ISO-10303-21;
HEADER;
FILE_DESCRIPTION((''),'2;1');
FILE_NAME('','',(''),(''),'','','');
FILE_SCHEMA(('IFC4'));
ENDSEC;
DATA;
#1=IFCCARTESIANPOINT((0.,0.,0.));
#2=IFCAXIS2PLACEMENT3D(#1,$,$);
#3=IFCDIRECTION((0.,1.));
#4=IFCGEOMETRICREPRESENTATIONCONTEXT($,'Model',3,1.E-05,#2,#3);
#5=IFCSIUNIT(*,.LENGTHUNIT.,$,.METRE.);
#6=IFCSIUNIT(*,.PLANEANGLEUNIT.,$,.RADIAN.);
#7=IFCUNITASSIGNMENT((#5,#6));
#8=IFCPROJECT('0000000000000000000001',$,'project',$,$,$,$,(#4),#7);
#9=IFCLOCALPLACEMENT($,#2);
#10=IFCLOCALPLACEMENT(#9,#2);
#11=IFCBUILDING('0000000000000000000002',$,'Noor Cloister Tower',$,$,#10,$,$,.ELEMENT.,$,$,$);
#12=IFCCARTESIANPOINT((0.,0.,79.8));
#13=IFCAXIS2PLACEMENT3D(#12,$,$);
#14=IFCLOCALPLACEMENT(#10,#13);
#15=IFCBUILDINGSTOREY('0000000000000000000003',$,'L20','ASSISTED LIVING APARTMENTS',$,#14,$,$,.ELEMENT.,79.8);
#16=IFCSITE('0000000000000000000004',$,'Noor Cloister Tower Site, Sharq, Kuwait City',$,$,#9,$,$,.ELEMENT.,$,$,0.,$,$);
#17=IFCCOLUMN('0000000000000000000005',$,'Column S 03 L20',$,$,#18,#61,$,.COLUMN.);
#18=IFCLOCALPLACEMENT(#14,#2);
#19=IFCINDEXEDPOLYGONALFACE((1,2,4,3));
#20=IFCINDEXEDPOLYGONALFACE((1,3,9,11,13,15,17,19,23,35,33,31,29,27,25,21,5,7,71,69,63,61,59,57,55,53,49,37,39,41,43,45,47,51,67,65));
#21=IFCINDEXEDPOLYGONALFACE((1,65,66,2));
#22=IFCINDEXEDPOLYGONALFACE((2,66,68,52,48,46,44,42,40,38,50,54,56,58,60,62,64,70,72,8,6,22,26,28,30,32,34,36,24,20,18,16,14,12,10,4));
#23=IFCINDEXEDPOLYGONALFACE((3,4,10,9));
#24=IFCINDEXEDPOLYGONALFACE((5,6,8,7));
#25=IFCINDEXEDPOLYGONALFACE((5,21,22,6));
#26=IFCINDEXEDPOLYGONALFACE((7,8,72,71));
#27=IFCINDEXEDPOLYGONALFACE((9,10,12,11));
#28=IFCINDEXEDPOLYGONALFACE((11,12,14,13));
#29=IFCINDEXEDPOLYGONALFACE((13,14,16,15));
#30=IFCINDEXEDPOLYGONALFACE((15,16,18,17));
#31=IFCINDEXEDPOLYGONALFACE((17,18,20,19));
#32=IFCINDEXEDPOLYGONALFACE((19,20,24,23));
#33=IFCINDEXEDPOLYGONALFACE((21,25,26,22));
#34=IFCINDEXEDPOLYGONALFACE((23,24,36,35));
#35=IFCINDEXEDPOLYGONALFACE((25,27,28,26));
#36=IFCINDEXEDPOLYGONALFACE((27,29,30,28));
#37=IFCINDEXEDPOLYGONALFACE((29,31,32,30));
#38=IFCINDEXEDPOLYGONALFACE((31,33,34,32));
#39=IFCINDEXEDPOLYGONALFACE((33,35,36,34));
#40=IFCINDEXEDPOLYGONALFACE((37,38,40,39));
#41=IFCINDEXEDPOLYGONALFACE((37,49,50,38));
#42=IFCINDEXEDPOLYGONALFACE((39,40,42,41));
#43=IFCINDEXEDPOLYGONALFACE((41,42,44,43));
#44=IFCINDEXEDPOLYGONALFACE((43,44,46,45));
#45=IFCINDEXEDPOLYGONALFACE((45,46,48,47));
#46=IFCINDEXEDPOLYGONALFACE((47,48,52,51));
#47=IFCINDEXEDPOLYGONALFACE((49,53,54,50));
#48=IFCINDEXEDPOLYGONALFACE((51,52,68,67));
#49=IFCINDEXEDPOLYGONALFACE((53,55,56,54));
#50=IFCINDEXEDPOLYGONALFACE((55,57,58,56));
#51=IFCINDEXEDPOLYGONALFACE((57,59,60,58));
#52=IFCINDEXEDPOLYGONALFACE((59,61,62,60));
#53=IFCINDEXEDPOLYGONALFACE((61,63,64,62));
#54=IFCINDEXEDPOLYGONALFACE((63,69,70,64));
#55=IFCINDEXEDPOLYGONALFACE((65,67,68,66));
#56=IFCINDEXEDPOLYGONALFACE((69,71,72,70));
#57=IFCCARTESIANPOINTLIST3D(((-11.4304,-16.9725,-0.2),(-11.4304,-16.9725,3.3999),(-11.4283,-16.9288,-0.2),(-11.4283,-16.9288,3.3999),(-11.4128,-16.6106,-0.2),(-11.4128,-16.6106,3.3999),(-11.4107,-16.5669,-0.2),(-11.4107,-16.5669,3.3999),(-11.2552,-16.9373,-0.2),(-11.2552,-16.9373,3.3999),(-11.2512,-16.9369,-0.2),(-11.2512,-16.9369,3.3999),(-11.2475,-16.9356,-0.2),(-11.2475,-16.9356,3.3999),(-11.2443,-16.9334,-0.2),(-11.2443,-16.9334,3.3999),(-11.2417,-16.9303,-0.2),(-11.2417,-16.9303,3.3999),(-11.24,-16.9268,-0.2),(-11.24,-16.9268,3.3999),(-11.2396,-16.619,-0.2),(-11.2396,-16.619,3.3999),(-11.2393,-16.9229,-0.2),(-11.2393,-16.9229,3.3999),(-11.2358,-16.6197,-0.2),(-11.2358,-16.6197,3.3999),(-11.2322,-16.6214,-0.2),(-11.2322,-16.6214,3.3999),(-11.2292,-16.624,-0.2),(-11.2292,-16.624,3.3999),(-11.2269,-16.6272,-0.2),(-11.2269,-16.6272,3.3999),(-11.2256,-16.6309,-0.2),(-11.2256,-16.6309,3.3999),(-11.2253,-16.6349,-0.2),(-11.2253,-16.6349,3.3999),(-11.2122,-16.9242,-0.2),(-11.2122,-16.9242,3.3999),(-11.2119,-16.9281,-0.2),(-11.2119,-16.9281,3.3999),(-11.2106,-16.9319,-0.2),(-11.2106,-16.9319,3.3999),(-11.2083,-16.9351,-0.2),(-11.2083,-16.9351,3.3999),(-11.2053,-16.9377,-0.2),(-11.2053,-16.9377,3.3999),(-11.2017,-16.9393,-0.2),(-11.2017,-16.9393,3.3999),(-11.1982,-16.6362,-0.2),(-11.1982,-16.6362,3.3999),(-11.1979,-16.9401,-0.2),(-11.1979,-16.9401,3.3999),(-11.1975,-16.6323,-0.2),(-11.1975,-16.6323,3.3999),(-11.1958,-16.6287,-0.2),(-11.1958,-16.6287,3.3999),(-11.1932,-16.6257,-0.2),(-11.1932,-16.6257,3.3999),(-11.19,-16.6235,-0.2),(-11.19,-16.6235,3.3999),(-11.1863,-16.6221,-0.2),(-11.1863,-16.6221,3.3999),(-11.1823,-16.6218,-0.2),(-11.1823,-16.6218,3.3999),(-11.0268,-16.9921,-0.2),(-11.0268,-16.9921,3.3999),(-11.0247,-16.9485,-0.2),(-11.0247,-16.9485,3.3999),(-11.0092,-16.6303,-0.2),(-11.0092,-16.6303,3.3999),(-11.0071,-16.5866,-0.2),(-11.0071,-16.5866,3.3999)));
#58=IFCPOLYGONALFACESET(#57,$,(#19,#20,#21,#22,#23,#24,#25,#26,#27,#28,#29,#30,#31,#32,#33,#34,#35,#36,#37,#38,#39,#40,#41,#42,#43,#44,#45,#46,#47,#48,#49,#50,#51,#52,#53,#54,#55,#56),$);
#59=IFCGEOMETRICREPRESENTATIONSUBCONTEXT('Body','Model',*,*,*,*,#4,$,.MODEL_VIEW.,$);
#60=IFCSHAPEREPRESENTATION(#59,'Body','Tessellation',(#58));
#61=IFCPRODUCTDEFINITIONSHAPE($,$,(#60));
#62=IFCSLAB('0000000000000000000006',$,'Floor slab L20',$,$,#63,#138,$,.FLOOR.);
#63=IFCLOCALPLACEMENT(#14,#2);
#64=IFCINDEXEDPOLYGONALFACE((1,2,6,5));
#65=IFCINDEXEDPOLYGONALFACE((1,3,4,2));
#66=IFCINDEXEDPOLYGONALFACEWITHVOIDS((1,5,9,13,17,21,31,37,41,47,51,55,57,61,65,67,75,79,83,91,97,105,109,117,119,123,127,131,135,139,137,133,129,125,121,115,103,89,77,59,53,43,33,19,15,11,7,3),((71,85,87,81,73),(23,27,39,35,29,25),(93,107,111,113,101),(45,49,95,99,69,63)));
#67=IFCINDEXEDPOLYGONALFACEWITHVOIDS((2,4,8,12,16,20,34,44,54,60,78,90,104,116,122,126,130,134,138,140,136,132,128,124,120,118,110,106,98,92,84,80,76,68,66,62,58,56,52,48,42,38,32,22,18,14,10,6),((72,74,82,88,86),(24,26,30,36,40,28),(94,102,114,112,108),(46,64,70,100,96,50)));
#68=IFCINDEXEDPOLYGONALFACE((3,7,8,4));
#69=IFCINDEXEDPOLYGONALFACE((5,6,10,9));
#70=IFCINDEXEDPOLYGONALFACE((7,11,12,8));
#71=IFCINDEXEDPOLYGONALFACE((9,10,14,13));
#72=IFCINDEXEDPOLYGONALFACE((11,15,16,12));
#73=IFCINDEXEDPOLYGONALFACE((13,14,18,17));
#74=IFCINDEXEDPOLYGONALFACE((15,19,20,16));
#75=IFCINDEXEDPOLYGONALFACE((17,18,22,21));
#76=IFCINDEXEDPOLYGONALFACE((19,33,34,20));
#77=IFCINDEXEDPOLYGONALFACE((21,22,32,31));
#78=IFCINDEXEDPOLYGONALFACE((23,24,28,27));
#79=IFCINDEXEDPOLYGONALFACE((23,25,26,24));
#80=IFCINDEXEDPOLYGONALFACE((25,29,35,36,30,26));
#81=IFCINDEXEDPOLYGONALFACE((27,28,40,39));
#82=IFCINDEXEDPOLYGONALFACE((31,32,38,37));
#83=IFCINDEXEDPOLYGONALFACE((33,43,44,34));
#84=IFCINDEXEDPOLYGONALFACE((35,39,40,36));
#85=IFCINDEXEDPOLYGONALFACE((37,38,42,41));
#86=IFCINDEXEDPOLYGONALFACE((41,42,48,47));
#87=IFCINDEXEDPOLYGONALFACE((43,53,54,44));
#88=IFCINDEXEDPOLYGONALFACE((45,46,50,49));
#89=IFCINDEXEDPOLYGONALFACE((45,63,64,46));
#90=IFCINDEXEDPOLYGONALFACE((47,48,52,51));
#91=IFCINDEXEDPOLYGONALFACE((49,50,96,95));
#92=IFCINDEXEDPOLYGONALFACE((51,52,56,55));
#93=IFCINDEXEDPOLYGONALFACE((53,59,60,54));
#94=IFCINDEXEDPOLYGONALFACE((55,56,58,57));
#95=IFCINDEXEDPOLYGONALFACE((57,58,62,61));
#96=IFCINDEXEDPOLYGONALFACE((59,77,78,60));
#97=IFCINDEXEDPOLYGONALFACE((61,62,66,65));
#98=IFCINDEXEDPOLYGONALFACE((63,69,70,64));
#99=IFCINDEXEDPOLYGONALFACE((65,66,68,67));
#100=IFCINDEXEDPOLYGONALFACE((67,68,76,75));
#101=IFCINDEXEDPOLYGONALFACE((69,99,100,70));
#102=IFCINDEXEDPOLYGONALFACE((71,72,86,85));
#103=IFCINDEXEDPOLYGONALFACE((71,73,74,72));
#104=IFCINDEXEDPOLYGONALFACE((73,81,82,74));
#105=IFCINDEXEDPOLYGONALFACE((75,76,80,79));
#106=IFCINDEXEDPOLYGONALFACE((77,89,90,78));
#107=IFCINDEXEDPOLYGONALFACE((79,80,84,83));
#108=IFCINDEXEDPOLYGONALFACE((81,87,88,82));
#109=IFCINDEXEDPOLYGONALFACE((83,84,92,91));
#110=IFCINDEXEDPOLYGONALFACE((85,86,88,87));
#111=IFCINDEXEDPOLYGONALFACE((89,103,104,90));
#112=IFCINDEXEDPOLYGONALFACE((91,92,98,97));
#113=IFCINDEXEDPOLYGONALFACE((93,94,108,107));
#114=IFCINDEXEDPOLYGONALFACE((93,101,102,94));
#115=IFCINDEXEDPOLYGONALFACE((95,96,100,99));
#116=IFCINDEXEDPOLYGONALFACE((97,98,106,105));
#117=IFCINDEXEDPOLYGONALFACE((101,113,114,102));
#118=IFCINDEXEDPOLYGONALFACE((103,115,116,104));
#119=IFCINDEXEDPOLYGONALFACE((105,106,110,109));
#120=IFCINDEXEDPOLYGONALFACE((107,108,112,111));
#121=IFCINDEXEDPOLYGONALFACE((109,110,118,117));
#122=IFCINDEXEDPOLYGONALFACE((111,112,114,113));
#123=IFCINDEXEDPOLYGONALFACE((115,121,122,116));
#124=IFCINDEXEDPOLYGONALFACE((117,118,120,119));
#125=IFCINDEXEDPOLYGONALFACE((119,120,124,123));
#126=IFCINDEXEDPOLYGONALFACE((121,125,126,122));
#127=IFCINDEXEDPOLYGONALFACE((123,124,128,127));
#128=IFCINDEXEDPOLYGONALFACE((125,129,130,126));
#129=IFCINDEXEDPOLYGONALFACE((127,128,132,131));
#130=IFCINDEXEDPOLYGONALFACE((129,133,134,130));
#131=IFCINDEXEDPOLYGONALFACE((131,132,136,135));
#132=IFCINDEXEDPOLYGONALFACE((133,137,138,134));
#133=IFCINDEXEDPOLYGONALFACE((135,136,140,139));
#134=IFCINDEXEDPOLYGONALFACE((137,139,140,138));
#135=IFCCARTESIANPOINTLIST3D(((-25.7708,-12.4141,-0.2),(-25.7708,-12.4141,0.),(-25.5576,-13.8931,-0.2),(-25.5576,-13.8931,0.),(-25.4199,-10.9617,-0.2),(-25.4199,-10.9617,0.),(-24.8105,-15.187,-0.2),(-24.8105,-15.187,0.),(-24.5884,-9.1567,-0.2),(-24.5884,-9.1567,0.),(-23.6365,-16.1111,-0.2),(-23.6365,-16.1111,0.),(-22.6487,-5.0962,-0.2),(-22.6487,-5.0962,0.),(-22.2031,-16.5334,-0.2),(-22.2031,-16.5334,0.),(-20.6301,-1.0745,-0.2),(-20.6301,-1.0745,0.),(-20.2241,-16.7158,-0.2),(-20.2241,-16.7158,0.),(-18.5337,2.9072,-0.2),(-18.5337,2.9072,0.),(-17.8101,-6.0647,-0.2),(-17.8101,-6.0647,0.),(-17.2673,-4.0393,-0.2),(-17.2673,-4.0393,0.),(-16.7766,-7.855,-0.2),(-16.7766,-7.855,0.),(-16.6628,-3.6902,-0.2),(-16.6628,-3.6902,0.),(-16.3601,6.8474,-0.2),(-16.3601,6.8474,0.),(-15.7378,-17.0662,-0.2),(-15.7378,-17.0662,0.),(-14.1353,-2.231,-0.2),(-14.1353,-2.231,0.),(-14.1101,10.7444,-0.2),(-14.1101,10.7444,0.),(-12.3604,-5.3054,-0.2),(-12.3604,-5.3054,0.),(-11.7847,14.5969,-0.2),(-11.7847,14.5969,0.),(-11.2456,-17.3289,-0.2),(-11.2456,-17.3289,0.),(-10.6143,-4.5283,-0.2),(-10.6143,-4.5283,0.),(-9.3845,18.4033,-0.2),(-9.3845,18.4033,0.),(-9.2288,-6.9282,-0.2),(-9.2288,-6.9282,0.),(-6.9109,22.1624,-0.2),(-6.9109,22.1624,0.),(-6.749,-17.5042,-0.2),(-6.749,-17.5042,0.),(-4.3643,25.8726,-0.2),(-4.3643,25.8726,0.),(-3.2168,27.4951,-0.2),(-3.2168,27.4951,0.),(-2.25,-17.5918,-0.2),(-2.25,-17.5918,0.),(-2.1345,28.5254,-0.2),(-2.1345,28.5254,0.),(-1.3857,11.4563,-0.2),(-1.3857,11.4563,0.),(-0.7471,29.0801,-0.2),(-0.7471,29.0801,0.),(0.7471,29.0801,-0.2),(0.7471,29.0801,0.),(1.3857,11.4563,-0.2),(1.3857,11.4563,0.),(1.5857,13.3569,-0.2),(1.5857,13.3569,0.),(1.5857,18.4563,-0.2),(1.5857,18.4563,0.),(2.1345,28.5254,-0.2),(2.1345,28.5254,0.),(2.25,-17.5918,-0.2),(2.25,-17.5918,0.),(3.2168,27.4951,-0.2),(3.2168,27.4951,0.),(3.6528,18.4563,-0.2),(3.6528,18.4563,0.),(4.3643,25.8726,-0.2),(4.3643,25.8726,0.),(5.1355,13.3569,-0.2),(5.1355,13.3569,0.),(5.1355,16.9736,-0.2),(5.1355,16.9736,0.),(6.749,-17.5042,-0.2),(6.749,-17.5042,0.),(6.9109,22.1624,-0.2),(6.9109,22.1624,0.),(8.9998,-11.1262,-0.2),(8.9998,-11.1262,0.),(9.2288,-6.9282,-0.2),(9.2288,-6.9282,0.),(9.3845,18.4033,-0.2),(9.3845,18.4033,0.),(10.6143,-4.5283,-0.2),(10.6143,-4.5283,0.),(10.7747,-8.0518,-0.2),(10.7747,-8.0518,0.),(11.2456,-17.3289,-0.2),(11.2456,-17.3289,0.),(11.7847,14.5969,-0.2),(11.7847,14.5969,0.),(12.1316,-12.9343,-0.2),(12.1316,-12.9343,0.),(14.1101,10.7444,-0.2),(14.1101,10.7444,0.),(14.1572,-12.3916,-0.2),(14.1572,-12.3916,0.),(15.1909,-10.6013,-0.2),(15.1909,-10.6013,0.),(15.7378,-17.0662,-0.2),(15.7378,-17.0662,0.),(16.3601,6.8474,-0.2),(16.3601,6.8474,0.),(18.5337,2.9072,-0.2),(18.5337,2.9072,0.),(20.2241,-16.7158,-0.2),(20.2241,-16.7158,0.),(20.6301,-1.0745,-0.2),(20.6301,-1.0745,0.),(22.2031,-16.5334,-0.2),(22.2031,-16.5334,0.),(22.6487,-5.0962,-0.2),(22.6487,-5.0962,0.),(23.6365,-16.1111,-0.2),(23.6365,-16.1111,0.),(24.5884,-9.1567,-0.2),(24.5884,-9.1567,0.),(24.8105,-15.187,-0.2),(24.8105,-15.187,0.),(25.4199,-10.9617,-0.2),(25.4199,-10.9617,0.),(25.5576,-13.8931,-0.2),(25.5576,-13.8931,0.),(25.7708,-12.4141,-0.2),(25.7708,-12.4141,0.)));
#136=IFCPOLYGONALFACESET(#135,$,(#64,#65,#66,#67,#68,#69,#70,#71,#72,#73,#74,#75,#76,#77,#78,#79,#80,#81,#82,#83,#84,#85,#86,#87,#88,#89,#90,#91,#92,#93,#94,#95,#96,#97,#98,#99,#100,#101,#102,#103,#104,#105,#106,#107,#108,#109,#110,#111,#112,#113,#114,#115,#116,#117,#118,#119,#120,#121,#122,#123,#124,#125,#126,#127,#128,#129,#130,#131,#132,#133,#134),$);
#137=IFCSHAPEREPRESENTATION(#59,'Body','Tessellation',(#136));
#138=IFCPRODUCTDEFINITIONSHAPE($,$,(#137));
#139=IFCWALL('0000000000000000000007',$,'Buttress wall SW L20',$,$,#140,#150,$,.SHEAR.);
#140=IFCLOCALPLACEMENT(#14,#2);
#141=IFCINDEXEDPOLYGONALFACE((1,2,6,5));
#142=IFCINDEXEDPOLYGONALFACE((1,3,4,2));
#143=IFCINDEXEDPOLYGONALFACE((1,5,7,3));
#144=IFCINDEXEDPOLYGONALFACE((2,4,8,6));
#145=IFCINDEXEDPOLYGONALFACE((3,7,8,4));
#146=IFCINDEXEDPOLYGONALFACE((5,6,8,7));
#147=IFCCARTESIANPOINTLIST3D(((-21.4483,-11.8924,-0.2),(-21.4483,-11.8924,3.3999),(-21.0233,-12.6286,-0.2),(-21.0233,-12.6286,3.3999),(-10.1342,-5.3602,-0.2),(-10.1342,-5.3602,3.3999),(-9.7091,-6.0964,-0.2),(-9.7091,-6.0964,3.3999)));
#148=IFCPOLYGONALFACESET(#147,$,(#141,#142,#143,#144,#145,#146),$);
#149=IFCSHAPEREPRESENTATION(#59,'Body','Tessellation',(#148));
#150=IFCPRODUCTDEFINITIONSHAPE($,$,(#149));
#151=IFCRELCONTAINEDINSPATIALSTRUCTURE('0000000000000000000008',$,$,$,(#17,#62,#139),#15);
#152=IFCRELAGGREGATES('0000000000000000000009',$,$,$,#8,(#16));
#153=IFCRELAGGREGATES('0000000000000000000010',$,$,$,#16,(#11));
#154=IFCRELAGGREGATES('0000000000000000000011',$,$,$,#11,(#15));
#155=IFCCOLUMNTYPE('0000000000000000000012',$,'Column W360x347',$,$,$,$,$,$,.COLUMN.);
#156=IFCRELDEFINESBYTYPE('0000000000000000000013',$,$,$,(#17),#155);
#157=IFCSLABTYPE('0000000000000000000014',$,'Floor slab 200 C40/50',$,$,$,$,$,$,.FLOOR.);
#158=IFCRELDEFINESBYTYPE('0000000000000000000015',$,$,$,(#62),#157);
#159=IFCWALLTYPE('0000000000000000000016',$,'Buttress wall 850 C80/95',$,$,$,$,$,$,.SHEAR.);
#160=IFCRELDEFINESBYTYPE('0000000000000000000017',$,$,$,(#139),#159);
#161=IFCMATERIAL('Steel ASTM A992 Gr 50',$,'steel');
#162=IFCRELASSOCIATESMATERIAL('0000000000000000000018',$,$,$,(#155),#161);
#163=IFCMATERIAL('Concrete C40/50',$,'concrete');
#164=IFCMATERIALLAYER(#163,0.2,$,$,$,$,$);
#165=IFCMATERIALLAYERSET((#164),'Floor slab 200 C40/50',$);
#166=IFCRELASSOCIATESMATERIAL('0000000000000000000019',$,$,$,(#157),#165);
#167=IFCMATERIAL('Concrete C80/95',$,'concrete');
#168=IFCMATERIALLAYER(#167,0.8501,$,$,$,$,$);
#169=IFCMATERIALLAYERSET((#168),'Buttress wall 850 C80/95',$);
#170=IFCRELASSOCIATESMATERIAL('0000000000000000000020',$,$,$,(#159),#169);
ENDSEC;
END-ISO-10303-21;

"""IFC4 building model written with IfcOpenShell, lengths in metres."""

from ifc_helpers import new_model, si_unit, direction, frame, frame_2d, origin, origin_2d, place, context, subcontext, project, spatial, polyline, rectangle, i_section, outline, extrude, material, layer, layer_set, material_profile, profile_set, type_object, element, save


model = new_model("IFC4")

# Units and contexts
model_context = context("Model", 3, precision=1e-05, world=origin(), true_north=direction((0.0, 1.0)))
body_context = subcontext(model_context, "Body", "Model", "MODEL_VIEW")
ifc_project = project(units=[si_unit("LENGTHUNIT", "METRE"), si_unit("PLANEANGLEUNIT", "RADIAN")], contexts=[model_context])

# Site, building, storey
site_placement = place(None, origin())
site = spatial("IfcSite", under=ifc_project, at=site_placement, Name="Noor Cloister Tower Site, Sharq, Kuwait City", CompositionType="ELEMENT", RefElevation=0.0)
building_placement = place(site_placement, origin())
building = spatial("IfcBuilding", under=site, at=building_placement, Name="Noor Cloister Tower", CompositionType="ELEMENT")
storey_placement = place(building_placement, frame((0.0, 0.0, 79.8)))
storey = spatial("IfcBuildingStorey", under=building, at=storey_placement, Name="L20", Description="ASSISTED LIVING APARTMENTS", CompositionType="ELEMENT", Elevation=79.8)

# Column
ifc_material_1 = material(Name="Steel ASTM A992 Gr 50", Category="steel")
ifc_material_profile = material_profile(ifc_material_1, i_section(OverallWidth=0.4041, OverallDepth=0.406, WebThickness=0.0271, FlangeThickness=0.0437, FilletRadius=0.0151, at=origin_2d()), Name="W360x347")
ifc_profile_set = profile_set([ifc_material_profile], Name="Steel ASTM A992 Gr 50")
column_type = type_object("IfcColumnType", Name="Column W360x347", PredefinedType="COLUMN", material=ifc_profile_set)
column_placement = place(storey_placement, frame((-11.2188, -16.7795, -0.2), z_axis=(0.0, 0.0, 1.0), x_axis=(0.998814, -0.048681, 0.0)))
element("IfcColumn", 1, at=column_placement, inside=storey, type_object=column_type, Name="Column S 03 L20", PredefinedType="COLUMN", context=body_context, shape_type="SweptSolid", body=[
    extrude(i_section(OverallWidth=0.4041, OverallDepth=0.406, WebThickness=0.0271, FlangeThickness=0.0437, FilletRadius=0.0151, at=origin_2d()), origin(), (0.0, 0.0, 1.0), 3.5999),
])

# Slab
ifc_material_2 = material(Name="Concrete C40/50", Category="concrete")
ifc_layer_1 = layer(ifc_material_2, 0.2)
ifc_layer_set_1 = layer_set([ifc_layer_1], Name="Floor slab 200 C40/50")
slab_type = type_object("IfcSlabType", Name="Floor slab 200 C40/50", PredefinedType="FLOOR", material=ifc_layer_set_1)
slab_placement = place(storey_placement, frame((0.0, 0.0, -0.2)))
element("IfcSlab", 2, at=slab_placement, inside=storey, type_object=slab_type, Name="Floor slab L20", PredefinedType="FLOOR", context=body_context, shape_type="SweptSolid", body=[
    extrude(outline(polyline([(3.2168, 27.4951), (2.1345, 28.5254), (0.7471, 29.0801), (-0.7471, 29.0801), (-2.1345, 28.5254), (-3.2168, 27.4951), (-4.3643, 25.8726), (-6.9109, 22.1624), (-9.3845, 18.4033), (-11.7847, 14.5969), (-14.1101, 10.7444), (-16.3601, 6.8474), (-18.5337, 2.9072), (-20.6301, -1.0745), (-22.6487, -5.0962), (-24.5884, -9.1567), (-25.4199, -10.9617), (-25.7708, -12.4141), (-25.5576, -13.8931), (-24.8105, -15.187), (-23.6365, -16.1111), (-22.2031, -16.5334), (-20.2241, -16.7158), (-15.7378, -17.0662), (-11.2456, -17.3289), (-6.749, -17.5042), (-2.25, -17.5918), (2.25, -17.5918), (6.749, -17.5042), (11.2456, -17.3289), (15.7378, -17.0662), (20.2241, -16.7158), (22.2031, -16.5334), (23.6365, -16.1111), (24.8105, -15.187), (25.5576, -13.8931), (25.7708, -12.4141), (25.4199, -10.9617), (24.5884, -9.1567), (22.6487, -5.0962), (20.6301, -1.0745), (18.5337, 2.9072), (16.3601, 6.8474), (14.1101, 10.7444), (11.7847, 14.5969), (9.3845, 18.4033), (6.9109, 22.1624), (4.3643, 25.8726), (3.2168, 27.4951)]), holes=[polyline([(8.9998, -11.1262), (12.1316, -12.9343), (14.1572, -12.3916), (15.1909, -10.6013), (10.7747, -8.0518), (8.9998, -11.1262)]), polyline([(-17.8101, -6.0647), (-16.7766, -7.855), (-12.3604, -5.3054), (-14.1353, -2.231), (-16.6628, -3.6902), (-17.2673, -4.0393), (-17.8101, -6.0647)]), polyline([(-10.6143, -4.5283), (-9.2288, -6.9282), (9.2288, -6.9282), (10.6143, -4.5283), (1.3857, 11.4563), (-1.3857, 11.4563), (-10.6143, -4.5283)]), polyline([(3.6528, 18.4563), (1.5857, 18.4563), (1.5857, 13.3569), (5.1355, 13.3569), (5.1355, 16.9736), (3.6528, 18.4563)])]), origin(), (0.0, 0.0, 1.0), 0.2),
])

# Wall
ifc_material_3 = material(Name="Concrete C80/95", Category="concrete")
ifc_layer_2 = layer(ifc_material_3, 0.8501)
ifc_layer_set_2 = layer_set([ifc_layer_2], Name="Buttress wall 850 C80/95")
wall_type_1 = type_object("IfcWallType", Name="Buttress wall 850 C80/95", PredefinedType="SHEAR", material=ifc_layer_set_2)
wall_1_placement = place(storey_placement, frame((-9.9216, -5.7283, -0.2), z_axis=(0.0, 0.0, 1.0), x_axis=(-0.866027, -0.499998, 0.0)))
element("IfcWall", 3, at=wall_1_placement, inside=storey, type_object=wall_type_1, Name="Buttress wall SW L20", PredefinedType="SHEAR", context=body_context, shape_type="SweptSolid", body=[
    extrude(rectangle(XDim=13.0645, YDim=0.8501, at=frame_2d((6.5322, 0.0))), origin(), (0.0, 0.0, 1.0), 3.5999),
])

save(model, "model.ifc")
